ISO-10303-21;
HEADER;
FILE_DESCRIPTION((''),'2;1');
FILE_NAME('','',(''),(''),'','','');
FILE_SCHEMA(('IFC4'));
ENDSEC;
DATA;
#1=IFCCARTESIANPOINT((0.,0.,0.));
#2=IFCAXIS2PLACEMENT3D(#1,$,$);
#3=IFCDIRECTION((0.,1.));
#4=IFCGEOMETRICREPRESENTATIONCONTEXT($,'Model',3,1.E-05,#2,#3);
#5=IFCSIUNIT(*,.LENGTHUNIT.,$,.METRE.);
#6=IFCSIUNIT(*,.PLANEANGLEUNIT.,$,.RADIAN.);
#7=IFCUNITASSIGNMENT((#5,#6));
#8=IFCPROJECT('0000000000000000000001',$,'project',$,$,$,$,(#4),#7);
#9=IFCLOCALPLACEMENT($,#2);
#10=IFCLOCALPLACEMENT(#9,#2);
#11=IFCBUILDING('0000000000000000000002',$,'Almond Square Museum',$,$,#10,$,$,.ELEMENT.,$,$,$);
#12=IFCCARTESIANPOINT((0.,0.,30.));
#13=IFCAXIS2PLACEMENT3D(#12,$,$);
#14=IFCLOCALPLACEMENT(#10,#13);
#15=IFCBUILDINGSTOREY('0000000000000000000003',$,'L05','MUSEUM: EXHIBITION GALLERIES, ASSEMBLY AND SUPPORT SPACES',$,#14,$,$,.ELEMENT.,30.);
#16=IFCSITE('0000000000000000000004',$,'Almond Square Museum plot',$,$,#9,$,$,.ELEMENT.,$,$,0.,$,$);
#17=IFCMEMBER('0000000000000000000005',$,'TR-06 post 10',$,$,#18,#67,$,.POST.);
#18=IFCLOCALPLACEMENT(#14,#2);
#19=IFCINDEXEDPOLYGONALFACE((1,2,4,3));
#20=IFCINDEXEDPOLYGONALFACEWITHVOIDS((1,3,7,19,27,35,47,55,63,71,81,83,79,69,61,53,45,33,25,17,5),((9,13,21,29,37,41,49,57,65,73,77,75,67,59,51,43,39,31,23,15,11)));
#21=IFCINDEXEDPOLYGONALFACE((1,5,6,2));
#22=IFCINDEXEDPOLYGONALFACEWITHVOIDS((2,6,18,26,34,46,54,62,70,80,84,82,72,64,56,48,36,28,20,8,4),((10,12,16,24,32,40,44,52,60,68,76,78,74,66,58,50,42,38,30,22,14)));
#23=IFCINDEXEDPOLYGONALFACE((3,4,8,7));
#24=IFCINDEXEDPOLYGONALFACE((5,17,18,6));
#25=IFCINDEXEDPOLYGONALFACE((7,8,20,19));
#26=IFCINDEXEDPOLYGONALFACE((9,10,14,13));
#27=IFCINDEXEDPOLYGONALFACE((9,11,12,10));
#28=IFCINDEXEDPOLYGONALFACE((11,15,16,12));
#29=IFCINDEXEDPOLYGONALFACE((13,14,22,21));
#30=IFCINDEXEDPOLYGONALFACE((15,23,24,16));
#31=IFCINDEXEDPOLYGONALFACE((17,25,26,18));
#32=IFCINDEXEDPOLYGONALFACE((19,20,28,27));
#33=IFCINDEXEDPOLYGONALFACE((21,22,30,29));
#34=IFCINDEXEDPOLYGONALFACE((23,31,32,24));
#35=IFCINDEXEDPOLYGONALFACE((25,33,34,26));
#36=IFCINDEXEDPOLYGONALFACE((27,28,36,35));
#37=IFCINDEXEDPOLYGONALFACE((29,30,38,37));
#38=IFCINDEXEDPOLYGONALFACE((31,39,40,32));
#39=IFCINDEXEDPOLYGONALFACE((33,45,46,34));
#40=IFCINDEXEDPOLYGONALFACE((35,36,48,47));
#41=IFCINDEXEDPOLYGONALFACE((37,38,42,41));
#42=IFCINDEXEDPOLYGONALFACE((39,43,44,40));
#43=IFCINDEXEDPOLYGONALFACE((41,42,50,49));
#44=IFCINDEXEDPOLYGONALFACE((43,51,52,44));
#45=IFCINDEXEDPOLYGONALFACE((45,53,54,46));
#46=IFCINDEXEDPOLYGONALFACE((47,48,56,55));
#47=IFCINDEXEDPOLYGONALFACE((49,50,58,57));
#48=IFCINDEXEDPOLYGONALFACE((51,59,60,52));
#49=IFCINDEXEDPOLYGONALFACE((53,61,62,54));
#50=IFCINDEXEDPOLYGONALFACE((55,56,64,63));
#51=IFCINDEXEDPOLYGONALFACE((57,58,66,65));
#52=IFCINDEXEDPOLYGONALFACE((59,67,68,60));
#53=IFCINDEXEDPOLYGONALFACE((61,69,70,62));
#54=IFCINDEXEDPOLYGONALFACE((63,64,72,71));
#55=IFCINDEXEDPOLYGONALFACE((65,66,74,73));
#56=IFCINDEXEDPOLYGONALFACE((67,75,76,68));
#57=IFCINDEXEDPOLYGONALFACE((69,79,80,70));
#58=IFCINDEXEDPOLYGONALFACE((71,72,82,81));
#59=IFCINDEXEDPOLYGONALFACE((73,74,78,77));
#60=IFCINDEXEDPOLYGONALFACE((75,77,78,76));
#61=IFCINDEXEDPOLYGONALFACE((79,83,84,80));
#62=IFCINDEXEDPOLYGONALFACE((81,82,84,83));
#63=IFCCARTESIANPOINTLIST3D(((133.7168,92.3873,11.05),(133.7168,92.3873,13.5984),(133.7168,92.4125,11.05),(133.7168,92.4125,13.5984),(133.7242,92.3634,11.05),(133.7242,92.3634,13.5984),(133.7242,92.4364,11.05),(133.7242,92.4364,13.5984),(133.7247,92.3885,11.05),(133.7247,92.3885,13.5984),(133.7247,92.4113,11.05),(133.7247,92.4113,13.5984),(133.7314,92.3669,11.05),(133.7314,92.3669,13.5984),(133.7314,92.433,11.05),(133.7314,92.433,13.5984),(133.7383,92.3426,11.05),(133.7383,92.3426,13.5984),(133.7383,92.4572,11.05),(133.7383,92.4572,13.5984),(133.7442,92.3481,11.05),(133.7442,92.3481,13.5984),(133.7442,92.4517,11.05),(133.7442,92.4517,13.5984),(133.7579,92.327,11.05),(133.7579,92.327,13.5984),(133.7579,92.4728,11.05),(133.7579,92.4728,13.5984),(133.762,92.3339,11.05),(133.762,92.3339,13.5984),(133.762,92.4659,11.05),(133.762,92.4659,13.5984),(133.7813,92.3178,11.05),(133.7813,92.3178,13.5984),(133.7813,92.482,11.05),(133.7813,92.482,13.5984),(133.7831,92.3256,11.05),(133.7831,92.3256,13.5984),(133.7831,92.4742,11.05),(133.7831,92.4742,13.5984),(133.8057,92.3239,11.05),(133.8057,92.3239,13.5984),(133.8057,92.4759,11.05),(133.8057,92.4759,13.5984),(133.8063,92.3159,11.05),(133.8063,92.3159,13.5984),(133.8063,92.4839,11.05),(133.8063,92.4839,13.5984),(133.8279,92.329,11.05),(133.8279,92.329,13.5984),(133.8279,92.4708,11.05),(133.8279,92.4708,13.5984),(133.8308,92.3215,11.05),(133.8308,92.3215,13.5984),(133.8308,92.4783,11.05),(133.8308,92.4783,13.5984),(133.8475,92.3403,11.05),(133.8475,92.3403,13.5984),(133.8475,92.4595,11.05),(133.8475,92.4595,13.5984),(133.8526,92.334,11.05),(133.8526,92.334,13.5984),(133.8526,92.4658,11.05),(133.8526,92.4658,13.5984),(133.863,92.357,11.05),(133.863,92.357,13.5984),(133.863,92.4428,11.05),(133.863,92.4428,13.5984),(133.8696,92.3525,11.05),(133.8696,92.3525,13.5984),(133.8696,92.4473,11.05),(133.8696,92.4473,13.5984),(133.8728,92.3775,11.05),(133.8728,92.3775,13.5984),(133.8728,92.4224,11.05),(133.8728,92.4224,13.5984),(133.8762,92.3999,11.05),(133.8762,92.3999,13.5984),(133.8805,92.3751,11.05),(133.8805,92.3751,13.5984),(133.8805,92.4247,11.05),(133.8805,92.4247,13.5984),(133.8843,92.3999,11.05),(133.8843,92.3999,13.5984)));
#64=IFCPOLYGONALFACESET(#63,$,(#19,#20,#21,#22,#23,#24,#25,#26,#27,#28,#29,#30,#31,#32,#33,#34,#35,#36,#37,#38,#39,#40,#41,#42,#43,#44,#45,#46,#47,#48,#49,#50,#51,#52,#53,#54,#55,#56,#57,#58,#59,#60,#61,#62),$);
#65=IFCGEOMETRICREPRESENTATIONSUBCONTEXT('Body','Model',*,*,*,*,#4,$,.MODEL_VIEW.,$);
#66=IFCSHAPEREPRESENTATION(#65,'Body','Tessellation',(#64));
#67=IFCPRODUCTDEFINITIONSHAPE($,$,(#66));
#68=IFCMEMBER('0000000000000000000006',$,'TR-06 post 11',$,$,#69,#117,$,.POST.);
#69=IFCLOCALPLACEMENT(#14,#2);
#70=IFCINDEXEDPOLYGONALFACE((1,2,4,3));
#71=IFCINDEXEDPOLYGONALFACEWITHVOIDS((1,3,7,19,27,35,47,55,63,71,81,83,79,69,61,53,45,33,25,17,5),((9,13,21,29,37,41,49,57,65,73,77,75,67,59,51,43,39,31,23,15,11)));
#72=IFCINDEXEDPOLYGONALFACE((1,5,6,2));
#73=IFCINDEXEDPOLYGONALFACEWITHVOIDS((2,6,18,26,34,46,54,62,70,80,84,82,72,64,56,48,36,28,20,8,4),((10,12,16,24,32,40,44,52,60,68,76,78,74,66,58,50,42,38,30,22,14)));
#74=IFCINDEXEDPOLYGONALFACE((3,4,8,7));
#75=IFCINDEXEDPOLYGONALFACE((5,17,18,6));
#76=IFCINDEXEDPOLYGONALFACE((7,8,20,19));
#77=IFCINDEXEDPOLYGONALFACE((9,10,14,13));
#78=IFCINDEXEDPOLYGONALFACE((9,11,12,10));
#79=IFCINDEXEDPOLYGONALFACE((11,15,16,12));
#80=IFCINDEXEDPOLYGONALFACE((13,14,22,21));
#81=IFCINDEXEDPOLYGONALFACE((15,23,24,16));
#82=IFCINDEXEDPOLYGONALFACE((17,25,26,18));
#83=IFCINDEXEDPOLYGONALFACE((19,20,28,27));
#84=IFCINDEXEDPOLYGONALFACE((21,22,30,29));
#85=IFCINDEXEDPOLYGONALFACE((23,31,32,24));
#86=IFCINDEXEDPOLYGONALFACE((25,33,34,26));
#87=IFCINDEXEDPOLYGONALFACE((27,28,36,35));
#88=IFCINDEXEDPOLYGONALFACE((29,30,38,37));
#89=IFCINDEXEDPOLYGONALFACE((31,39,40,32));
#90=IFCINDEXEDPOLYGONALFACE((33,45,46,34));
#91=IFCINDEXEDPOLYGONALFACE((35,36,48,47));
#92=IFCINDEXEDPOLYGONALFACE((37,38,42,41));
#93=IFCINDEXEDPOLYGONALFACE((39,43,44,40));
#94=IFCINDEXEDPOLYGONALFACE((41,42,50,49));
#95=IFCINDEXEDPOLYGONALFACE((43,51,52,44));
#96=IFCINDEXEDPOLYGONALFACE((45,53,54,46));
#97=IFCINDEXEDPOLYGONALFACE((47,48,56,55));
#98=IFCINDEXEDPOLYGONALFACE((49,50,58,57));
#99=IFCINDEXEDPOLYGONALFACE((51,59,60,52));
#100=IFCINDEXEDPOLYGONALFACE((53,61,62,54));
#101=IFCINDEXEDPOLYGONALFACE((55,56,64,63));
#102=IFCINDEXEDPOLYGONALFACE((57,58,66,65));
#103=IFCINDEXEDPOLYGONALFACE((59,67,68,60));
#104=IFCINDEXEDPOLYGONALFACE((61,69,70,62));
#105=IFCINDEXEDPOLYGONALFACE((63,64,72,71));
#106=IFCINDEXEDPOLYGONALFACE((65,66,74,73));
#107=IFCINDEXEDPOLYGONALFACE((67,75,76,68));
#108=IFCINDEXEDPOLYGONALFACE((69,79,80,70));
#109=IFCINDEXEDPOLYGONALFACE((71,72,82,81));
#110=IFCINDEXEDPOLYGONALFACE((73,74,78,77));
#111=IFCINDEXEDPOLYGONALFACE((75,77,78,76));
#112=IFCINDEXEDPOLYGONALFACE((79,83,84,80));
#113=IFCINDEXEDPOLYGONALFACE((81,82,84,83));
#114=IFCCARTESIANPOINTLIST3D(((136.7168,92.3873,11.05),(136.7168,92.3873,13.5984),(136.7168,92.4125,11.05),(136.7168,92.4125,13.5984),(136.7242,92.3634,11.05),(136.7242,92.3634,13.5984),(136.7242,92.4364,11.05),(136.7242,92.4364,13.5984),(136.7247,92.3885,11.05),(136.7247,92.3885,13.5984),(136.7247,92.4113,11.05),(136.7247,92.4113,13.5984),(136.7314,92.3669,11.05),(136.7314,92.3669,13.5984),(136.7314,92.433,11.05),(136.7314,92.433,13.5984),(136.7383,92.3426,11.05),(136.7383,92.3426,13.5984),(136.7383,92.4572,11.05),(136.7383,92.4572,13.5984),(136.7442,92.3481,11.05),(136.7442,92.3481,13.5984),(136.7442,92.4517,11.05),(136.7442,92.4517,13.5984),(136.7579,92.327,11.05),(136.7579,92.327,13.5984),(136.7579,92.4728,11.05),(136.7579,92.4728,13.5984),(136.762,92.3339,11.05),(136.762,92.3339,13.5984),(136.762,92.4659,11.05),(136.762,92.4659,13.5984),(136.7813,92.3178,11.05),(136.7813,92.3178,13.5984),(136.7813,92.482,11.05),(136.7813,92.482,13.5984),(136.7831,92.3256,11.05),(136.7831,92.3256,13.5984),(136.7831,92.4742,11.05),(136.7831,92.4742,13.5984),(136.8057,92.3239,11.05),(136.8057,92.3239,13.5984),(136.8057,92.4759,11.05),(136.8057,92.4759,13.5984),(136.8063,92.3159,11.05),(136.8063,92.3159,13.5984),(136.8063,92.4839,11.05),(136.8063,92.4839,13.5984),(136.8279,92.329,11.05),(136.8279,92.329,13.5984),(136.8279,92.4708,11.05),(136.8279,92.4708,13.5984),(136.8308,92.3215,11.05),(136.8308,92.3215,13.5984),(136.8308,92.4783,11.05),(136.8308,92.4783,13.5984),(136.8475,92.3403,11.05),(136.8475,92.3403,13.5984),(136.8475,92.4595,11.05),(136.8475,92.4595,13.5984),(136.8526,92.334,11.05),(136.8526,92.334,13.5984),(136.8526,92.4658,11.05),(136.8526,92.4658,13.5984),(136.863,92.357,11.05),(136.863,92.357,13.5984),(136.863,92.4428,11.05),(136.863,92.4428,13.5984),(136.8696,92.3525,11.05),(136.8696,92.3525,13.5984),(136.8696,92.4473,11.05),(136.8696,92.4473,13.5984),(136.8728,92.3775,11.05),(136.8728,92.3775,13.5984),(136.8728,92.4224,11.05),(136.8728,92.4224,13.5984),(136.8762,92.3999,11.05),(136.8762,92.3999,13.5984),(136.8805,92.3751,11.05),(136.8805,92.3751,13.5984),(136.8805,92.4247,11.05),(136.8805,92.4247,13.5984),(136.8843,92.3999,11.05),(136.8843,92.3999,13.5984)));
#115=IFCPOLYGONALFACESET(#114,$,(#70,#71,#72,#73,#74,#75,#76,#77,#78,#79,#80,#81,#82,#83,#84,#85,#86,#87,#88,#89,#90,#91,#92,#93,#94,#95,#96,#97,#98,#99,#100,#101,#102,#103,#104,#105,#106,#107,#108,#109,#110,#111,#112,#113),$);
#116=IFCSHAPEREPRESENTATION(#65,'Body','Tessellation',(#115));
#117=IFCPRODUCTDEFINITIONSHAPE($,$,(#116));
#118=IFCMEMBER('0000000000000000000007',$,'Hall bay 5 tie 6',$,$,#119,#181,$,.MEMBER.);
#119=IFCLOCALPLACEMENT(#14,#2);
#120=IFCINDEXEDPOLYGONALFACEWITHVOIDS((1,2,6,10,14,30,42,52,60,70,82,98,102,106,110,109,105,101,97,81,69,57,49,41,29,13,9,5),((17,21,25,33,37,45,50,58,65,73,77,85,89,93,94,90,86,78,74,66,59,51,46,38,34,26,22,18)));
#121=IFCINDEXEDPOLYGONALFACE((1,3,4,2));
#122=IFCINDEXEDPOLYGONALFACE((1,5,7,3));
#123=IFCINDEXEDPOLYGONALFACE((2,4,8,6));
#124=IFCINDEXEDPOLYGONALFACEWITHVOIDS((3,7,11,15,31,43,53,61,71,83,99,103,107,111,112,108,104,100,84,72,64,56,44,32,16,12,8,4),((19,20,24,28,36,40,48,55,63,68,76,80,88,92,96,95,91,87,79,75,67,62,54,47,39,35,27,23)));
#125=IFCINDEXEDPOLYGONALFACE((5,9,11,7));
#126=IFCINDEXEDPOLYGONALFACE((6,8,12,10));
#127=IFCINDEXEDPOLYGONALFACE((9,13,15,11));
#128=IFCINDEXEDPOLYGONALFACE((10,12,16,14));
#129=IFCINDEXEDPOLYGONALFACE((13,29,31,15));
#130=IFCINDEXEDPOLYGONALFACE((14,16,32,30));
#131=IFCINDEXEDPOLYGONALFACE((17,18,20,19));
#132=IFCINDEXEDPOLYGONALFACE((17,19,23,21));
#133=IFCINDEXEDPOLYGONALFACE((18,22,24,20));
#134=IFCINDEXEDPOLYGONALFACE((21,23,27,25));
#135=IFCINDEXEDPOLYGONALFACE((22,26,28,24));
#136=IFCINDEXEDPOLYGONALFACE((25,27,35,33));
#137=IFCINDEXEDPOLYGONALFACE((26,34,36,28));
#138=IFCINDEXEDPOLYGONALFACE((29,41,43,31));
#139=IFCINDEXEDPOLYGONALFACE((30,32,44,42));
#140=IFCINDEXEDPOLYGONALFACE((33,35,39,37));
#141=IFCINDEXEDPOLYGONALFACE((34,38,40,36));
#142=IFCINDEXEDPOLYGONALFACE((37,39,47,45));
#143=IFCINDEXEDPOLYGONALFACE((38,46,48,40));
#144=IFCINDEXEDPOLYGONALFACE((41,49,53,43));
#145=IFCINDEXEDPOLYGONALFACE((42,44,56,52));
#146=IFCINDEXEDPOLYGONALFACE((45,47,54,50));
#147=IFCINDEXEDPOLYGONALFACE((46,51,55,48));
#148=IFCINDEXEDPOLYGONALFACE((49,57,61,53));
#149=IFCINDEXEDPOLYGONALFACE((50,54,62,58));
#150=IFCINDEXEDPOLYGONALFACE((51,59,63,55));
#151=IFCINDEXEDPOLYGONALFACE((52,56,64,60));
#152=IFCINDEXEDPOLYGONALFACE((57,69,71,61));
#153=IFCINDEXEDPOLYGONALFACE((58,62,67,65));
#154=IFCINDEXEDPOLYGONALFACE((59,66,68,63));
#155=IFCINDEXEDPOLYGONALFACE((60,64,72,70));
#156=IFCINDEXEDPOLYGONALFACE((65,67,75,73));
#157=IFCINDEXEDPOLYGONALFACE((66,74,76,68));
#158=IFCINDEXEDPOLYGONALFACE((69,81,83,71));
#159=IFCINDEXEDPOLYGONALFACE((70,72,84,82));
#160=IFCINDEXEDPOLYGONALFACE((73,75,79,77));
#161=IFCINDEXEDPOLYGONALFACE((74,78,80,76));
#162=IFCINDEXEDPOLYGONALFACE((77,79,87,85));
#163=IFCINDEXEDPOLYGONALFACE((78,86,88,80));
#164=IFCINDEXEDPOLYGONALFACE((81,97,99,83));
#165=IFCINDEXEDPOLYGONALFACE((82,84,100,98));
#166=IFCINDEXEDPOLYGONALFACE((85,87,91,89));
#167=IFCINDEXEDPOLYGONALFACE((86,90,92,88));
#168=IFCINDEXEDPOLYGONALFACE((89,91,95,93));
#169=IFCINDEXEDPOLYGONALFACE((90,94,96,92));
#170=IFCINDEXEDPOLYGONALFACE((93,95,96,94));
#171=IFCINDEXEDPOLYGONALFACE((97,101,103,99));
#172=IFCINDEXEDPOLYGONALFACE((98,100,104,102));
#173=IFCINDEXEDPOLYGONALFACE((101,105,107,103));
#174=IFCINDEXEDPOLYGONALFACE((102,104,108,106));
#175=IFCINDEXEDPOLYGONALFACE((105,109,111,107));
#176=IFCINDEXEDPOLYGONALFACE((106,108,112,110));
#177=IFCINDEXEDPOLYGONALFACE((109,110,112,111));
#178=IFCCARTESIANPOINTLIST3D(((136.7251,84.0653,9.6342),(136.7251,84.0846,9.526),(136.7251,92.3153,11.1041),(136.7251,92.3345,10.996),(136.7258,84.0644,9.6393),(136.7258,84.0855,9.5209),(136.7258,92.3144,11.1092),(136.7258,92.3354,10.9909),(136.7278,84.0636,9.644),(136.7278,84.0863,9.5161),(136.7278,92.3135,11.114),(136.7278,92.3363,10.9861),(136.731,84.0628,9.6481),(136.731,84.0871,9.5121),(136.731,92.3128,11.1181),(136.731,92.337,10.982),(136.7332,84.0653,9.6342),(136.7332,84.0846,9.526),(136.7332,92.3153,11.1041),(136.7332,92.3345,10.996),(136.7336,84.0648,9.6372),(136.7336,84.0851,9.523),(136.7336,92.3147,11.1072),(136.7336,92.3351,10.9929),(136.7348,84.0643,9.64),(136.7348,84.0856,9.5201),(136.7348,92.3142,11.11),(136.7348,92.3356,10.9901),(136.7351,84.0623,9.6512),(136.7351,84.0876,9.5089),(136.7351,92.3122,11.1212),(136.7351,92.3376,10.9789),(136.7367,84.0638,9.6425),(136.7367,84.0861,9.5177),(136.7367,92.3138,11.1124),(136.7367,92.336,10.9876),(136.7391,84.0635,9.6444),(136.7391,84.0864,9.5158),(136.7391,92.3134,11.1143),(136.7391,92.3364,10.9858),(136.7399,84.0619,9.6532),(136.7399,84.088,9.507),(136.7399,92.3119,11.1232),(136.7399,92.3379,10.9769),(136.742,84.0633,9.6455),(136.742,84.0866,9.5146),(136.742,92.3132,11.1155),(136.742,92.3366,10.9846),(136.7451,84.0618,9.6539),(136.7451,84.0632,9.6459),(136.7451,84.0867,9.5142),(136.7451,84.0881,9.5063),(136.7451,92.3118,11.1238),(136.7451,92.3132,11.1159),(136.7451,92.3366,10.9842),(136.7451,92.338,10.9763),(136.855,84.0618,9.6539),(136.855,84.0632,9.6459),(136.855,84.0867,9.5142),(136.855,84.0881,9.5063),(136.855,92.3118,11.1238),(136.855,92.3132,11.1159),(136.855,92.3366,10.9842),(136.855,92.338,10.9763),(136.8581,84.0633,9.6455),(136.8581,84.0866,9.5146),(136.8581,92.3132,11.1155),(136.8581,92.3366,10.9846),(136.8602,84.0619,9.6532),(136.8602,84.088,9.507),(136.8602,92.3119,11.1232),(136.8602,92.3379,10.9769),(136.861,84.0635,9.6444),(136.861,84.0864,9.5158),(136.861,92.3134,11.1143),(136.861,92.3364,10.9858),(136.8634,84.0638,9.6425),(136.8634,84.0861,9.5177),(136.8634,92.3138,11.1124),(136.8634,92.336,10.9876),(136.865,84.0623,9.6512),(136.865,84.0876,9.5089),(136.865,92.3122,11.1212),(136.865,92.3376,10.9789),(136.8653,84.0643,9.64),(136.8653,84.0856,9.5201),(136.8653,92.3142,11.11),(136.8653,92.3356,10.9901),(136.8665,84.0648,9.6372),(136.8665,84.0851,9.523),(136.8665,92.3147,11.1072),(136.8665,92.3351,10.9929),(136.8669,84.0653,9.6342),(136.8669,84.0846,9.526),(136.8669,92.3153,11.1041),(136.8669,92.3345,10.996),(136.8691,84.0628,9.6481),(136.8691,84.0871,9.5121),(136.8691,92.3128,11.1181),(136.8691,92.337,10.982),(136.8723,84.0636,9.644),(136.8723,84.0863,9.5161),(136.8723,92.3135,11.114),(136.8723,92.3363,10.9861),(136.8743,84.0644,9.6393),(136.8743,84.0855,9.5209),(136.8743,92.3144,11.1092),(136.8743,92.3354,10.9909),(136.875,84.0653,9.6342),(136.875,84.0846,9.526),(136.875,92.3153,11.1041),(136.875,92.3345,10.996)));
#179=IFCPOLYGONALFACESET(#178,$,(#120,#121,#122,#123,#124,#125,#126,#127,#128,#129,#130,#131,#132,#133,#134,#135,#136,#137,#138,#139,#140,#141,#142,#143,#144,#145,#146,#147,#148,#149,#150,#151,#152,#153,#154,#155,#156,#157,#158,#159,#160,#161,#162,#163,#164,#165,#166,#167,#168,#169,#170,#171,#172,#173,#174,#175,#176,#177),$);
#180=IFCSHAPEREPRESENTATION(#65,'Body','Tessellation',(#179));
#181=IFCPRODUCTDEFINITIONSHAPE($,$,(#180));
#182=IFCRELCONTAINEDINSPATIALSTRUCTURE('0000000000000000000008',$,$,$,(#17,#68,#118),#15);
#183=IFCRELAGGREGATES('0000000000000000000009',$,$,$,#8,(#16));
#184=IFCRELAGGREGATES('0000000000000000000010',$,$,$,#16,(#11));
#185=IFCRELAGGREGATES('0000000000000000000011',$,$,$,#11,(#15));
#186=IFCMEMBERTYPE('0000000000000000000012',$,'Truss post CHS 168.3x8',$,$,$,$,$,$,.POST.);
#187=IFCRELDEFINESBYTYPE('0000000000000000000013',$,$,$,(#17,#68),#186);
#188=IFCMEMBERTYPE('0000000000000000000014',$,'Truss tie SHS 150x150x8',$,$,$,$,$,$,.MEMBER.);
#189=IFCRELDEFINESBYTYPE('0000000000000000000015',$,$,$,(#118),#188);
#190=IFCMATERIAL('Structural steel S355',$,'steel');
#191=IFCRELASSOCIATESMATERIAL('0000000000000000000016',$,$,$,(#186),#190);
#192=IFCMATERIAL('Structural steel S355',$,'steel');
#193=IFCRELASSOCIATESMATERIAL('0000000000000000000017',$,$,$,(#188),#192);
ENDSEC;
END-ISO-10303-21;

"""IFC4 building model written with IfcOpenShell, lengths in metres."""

from ifc_helpers import new_model, si_unit, direction, frame, origin, origin_2d, place, context, subcontext, project, spatial, hollow_rectangle, hollow_circle, extrude, material, material_profile, profile_set, type_object, element, save


model = new_model("IFC4")

# Units and contexts
model_context = context("Model", 3, precision=1e-05, world=origin(), true_north=direction((0.0, 1.0)))
body_context = subcontext(model_context, "Body", "Model", "MODEL_VIEW")
ifc_project = project(units=[si_unit("LENGTHUNIT", "METRE"), si_unit("PLANEANGLEUNIT", "RADIAN")], contexts=[model_context])

# Site, building, storey
site_placement = place(None, origin())
site = spatial("IfcSite", under=ifc_project, at=site_placement, Name="Almond Square Museum plot", CompositionType="ELEMENT", RefElevation=0.0)
building_placement = place(site_placement, origin())
building = spatial("IfcBuilding", under=site, at=building_placement, Name="Almond Square Museum", CompositionType="ELEMENT")
storey_placement = place(building_placement, frame((0.0, 0.0, 30.0)))
storey = spatial("IfcBuildingStorey", under=building, at=storey_placement, Name="L05", Description="MUSEUM: EXHIBITION GALLERIES, ASSEMBLY AND SUPPORT SPACES", CompositionType="ELEMENT", Elevation=30.0)

# Members
ifc_material_1 = material(Name="Structural steel S355", Category="steel")
ifc_material_profile_1 = material_profile(ifc_material_1, hollow_circle(Radius=0.0842, WallThickness=0.0081, at=origin_2d()))
ifc_profile_set_1 = profile_set([ifc_material_profile_1], Name="Structural steel S355")
member_type_1 = type_object("IfcMemberType", Name="Truss post CHS 168.3x8", PredefinedType="POST", material=ifc_profile_set_1)
for number, where, z_axis, x_axis, name in (
    (1, (133.8, 92.3999, 11.05), (0.0, 0.0, 1.0), (1.0, 0.0, 0.0), "TR-06 post 10"),
    (2, (136.8, 92.3999, 11.05), (0.0, 0.0, 1.0), (1.0, 0.0, 0.0), "TR-06 post 11"),
):
    element("IfcMember", number, at=place(storey_placement, frame(where, z_axis=z_axis, x_axis=x_axis)), inside=storey, type_object=member_type_1, Name=name, PredefinedType="POST", context=body_context, shape_type="SweptSolid", body=[
        extrude(hollow_circle(Radius=0.0842, WallThickness=0.0081, at=origin_2d()), origin(), (0.0, 0.0, 1.0), 2.5483),
    ])
ifc_material_2 = material(Name="Structural steel S355", Category="steel")
ifc_material_profile_2 = material_profile(ifc_material_2, hollow_rectangle(XDim=0.1499, YDim=0.1499, WallThickness=0.0081, InnerFilletRadius=0.012, OuterFilletRadius=0.02, at=origin_2d()))
ifc_profile_set_2 = profile_set([ifc_material_profile_2], Name="Structural steel S355")
member_type_2 = type_object("IfcMemberType", Name="Truss tie SHS 150x150x8", PredefinedType="MEMBER", material=ifc_profile_set_2)
for number, where, z_axis, x_axis, name in (
    (3, (136.8, 84.075, 9.5801), (0.0, 0.984494, 0.175416), (-1.0, 0.0, 0.0), "Hall bay 5 tie 6"),
):
    element("IfcMember", number, at=place(storey_placement, frame(where, z_axis=z_axis, x_axis=x_axis)), inside=storey, type_object=member_type_2, Name=name, PredefinedType="MEMBER", context=body_context, shape_type="SweptSolid", body=[
        extrude(hollow_rectangle(XDim=0.1499, YDim=0.1499, WallThickness=0.0081, InnerFilletRadius=0.012, OuterFilletRadius=0.02, at=origin_2d()), origin(), (0.0, 0.0, 1.0), 8.3799),
    ])

save(model, "model.ifc")
